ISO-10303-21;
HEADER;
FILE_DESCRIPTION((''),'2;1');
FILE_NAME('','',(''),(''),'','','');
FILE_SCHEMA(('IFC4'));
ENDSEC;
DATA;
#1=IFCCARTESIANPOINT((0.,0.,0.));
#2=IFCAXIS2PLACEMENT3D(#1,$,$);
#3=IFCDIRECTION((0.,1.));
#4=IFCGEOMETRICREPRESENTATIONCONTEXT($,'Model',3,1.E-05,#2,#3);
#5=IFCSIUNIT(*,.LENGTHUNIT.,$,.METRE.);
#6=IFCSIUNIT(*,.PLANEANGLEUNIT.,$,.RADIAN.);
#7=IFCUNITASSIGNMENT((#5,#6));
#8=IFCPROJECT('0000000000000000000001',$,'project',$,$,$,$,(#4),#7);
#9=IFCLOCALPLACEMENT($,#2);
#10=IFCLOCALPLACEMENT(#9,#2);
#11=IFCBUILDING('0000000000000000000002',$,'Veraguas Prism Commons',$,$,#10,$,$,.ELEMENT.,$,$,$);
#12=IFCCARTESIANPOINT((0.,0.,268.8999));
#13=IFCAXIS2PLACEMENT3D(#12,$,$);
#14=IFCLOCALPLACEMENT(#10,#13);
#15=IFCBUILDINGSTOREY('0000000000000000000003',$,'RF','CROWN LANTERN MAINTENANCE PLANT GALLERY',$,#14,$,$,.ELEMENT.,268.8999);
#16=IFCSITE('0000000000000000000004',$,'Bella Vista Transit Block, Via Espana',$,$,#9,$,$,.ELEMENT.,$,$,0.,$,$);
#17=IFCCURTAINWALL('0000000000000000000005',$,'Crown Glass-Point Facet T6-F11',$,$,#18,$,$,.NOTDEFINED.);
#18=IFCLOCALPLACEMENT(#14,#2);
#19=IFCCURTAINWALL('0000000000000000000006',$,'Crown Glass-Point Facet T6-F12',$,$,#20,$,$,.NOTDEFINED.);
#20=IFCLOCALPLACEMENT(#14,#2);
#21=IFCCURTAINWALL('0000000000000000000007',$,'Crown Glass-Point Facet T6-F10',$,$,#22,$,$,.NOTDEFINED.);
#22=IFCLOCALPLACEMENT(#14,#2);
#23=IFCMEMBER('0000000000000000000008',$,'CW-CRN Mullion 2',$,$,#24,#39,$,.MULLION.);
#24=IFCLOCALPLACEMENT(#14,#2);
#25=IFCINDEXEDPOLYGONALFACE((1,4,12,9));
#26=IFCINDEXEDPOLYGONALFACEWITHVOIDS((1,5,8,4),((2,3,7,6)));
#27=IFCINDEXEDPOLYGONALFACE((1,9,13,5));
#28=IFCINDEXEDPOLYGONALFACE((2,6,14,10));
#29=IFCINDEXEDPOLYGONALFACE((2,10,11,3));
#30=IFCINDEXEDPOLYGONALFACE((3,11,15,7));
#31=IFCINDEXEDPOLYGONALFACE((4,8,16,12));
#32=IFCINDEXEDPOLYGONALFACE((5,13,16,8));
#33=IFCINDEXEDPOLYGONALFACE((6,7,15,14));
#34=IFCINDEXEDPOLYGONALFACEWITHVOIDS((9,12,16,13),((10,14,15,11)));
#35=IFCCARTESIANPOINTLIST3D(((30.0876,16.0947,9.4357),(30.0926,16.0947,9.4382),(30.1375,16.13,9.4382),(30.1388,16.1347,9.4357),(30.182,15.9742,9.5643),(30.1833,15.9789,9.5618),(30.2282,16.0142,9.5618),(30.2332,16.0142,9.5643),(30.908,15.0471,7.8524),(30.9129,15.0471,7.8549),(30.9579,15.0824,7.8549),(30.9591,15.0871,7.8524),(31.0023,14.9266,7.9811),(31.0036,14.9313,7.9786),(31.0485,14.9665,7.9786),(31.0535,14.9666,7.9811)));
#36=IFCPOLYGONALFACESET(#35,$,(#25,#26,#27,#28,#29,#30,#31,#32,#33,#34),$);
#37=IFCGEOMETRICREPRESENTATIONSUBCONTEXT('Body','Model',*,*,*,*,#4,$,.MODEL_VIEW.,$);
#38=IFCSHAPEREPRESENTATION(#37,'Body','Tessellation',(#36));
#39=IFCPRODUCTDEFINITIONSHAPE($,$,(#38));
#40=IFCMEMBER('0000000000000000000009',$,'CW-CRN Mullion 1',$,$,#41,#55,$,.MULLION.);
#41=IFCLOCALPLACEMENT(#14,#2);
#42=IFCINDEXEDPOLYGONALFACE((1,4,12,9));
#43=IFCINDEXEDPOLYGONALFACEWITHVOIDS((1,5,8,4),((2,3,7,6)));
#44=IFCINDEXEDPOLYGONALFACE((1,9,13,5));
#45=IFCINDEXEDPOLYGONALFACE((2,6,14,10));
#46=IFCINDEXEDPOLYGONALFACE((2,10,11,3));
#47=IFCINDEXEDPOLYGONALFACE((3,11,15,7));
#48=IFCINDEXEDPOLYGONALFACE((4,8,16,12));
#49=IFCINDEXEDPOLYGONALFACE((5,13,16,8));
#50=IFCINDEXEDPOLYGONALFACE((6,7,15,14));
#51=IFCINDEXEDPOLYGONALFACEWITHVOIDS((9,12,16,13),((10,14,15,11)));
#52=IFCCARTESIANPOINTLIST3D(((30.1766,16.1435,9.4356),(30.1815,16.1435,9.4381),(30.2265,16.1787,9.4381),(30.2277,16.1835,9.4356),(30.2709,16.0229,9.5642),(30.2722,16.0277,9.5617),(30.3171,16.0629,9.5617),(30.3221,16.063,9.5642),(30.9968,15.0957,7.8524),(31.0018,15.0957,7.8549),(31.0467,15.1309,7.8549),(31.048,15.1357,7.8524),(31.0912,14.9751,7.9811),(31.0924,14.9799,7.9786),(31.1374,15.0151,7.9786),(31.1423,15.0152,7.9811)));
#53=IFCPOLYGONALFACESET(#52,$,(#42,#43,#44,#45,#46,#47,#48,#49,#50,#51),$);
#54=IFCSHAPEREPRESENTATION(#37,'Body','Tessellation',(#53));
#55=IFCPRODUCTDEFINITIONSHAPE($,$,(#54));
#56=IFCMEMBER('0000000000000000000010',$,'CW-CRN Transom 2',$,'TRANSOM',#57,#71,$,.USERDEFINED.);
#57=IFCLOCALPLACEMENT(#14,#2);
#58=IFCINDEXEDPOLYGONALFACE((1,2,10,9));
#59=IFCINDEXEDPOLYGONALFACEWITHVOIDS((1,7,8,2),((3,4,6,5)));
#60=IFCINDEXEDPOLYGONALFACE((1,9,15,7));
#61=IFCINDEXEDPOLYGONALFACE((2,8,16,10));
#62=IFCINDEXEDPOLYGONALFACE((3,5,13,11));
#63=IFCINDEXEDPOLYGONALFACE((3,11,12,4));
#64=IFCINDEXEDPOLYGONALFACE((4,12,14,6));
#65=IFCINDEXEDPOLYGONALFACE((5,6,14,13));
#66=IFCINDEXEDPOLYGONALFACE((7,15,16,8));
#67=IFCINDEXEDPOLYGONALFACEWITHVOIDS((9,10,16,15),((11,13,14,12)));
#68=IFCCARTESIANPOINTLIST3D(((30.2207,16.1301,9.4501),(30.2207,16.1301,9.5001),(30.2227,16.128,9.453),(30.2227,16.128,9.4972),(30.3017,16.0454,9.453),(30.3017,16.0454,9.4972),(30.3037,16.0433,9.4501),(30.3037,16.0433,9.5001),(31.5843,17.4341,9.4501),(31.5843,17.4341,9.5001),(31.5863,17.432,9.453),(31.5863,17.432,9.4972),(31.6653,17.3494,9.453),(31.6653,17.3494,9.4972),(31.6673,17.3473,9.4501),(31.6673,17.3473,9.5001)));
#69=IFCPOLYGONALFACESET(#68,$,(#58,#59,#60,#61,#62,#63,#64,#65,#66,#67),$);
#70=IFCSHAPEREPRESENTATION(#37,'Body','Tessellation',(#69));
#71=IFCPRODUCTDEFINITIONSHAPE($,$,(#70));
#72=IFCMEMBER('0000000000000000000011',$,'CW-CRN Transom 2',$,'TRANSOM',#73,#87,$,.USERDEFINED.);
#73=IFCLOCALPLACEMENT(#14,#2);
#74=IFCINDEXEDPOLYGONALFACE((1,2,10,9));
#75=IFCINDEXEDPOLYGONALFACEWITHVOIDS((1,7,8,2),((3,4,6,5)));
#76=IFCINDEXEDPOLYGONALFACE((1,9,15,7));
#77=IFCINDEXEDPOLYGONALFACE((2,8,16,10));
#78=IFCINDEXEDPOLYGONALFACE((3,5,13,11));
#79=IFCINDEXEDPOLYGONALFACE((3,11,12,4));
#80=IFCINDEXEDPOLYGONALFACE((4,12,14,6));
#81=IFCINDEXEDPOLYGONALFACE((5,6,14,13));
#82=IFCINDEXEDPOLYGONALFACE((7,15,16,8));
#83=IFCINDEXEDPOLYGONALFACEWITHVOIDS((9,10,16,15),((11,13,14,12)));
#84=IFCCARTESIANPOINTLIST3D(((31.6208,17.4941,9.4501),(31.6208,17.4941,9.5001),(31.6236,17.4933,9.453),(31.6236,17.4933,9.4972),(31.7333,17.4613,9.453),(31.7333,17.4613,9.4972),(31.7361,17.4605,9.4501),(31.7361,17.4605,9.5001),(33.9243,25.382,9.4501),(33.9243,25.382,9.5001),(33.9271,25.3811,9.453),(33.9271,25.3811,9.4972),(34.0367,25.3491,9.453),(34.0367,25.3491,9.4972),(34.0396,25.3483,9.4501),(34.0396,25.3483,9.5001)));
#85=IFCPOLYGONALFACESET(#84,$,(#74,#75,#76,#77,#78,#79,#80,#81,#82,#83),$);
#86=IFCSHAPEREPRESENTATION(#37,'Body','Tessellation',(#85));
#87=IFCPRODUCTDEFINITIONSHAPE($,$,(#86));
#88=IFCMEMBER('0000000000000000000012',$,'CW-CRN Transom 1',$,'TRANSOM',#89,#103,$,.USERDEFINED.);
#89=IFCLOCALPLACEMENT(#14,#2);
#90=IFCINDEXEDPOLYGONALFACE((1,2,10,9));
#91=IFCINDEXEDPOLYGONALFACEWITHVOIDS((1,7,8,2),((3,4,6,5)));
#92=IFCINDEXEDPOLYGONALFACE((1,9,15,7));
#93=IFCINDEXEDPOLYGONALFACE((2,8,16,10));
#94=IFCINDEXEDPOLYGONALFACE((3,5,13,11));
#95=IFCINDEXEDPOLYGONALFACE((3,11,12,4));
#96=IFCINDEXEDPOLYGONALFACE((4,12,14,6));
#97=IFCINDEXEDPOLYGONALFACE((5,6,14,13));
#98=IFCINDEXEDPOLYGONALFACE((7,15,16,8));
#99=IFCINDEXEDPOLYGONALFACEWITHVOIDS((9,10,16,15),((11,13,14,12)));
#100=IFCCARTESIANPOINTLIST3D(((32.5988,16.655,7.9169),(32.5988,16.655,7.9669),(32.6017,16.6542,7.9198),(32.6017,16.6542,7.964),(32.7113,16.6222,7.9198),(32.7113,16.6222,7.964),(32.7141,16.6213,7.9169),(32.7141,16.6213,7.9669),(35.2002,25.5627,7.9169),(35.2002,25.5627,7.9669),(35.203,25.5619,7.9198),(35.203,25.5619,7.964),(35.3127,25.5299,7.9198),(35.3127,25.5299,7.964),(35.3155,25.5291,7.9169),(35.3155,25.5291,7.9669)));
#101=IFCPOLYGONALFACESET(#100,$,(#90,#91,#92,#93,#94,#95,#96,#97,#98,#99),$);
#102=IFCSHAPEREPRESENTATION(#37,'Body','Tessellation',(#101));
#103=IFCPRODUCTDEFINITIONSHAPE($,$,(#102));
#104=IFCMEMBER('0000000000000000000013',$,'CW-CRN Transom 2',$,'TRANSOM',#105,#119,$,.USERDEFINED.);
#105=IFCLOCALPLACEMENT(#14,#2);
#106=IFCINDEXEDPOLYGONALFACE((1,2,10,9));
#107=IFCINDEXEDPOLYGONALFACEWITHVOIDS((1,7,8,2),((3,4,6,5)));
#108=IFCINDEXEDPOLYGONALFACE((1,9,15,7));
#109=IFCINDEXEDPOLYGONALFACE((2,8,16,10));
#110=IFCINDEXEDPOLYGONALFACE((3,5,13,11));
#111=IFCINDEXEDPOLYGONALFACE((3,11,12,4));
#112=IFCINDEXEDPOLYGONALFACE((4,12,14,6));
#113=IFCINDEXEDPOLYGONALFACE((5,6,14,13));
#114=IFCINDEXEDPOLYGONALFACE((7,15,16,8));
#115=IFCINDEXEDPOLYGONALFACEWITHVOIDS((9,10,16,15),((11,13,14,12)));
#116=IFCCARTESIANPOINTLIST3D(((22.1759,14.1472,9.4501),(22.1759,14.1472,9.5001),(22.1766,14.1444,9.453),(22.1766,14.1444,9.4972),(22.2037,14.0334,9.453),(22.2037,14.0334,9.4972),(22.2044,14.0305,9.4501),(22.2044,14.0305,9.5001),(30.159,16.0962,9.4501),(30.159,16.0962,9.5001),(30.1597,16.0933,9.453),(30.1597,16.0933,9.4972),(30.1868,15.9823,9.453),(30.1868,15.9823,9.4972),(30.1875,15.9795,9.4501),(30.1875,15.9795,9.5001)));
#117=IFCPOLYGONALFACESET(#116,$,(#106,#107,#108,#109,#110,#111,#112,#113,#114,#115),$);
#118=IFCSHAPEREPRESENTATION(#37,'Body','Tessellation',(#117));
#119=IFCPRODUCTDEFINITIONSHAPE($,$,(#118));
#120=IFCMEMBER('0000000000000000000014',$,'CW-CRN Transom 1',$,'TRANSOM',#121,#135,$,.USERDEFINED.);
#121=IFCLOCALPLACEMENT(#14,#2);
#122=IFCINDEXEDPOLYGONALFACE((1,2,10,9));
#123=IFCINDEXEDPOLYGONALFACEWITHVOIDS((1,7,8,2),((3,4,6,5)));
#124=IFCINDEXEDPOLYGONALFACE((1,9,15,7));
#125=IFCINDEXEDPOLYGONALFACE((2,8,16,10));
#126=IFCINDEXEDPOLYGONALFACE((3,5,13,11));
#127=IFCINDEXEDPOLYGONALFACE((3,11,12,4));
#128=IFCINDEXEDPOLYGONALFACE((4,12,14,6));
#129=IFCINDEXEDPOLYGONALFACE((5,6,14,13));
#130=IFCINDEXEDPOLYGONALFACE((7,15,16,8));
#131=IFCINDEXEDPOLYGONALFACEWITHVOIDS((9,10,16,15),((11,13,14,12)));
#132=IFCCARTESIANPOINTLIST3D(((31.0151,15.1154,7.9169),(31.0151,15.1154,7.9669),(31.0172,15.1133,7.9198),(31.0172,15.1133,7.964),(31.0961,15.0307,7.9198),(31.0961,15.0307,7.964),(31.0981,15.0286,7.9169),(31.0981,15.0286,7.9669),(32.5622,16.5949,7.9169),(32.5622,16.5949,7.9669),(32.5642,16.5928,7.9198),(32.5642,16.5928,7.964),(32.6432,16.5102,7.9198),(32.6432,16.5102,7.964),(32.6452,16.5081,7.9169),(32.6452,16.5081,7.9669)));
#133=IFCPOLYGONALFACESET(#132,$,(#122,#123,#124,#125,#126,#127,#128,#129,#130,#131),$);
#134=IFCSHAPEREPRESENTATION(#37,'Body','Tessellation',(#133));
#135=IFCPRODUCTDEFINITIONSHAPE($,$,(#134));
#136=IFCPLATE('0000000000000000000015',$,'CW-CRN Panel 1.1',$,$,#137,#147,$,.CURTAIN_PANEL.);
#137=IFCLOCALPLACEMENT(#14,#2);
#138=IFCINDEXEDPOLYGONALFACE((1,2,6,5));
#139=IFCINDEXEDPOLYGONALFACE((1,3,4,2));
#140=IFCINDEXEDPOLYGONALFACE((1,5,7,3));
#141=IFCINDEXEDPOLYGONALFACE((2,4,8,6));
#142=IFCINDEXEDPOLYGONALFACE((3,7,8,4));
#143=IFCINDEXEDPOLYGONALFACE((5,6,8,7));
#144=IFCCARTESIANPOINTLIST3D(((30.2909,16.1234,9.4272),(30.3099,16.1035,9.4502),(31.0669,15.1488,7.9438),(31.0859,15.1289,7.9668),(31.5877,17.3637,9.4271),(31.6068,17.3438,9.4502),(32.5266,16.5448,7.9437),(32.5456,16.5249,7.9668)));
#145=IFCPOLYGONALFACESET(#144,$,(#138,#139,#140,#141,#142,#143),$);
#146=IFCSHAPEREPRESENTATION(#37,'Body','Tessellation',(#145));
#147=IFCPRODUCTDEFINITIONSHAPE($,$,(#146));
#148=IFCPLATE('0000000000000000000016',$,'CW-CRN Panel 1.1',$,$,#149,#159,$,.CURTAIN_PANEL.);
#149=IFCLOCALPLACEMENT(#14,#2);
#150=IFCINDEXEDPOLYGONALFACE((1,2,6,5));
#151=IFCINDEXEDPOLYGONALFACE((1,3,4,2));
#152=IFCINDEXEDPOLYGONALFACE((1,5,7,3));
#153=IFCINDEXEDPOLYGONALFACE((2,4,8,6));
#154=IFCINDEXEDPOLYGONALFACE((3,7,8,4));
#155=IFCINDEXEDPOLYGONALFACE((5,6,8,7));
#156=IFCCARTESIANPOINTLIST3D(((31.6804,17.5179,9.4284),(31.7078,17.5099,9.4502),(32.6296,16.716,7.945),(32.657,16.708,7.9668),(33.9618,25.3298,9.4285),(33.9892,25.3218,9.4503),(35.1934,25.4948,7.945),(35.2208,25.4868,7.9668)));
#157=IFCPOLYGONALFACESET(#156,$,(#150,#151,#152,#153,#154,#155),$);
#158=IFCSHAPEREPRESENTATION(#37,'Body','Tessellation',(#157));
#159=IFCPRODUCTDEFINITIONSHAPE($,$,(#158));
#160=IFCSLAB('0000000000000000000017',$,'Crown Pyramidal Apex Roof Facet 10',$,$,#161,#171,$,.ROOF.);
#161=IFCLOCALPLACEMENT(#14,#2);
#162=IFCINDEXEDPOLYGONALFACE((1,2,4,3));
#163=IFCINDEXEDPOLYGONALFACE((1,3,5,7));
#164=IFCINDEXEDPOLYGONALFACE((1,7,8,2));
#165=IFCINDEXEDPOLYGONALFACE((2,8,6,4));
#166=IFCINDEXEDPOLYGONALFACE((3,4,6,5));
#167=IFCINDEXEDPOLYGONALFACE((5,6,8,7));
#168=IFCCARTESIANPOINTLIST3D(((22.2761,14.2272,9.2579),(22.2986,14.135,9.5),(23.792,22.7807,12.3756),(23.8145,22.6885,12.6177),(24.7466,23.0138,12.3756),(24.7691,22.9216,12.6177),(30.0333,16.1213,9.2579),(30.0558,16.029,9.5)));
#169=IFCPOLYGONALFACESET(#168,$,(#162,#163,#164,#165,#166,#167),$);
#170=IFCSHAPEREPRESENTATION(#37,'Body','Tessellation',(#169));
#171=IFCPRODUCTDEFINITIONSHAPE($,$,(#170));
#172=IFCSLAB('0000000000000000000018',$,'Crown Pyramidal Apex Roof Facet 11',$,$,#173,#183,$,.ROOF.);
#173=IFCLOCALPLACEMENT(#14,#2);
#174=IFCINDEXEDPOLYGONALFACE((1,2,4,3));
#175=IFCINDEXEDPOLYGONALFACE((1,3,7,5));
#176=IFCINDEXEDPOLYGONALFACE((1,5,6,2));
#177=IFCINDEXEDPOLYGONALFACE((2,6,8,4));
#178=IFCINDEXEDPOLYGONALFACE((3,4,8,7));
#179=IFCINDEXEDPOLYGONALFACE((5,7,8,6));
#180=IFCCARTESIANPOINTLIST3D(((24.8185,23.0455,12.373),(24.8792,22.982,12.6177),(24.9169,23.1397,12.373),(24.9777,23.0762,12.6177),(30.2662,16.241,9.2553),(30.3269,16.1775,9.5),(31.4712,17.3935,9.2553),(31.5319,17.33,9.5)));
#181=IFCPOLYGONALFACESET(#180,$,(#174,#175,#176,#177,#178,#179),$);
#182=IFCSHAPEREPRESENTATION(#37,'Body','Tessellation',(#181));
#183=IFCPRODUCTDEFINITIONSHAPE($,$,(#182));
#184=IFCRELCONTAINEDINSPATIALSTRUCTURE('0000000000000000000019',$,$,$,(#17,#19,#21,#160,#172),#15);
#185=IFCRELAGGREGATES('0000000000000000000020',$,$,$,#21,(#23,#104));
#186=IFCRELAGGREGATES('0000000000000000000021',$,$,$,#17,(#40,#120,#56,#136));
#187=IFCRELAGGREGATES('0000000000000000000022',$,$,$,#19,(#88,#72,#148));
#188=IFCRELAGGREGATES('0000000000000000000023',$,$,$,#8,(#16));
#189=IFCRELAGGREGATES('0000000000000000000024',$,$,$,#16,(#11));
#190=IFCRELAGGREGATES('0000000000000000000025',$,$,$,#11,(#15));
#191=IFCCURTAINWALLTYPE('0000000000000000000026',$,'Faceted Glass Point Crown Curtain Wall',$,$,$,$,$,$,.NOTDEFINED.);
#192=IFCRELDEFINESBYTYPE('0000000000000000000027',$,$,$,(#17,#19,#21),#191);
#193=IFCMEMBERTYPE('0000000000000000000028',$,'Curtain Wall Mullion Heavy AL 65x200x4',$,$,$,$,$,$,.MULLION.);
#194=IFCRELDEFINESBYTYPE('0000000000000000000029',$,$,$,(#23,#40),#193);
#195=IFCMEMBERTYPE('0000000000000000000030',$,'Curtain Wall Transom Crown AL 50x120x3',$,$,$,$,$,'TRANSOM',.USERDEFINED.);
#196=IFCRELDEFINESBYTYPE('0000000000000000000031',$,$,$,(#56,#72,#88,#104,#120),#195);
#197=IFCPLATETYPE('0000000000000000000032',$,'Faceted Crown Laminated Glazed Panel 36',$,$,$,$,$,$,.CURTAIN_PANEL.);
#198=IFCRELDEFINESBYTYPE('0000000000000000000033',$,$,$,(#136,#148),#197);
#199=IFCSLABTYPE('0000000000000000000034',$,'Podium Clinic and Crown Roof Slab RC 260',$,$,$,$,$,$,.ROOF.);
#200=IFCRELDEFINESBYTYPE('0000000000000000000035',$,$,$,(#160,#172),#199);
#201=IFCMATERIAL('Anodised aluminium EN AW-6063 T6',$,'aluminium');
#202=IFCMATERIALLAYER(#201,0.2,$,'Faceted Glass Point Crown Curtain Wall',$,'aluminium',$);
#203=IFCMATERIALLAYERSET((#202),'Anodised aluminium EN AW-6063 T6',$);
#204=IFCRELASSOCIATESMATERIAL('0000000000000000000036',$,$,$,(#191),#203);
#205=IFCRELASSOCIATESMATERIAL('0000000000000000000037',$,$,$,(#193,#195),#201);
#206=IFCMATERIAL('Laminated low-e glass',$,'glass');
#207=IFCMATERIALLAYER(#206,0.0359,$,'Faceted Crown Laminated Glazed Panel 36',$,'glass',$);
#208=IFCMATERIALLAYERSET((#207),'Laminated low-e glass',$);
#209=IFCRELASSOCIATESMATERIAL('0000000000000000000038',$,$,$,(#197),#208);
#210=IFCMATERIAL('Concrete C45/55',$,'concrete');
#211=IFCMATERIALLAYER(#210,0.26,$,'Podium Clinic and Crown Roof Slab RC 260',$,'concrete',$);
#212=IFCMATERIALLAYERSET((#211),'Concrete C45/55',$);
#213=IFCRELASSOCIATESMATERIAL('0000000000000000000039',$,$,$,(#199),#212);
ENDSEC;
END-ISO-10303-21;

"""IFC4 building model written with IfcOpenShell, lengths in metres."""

from ifc_helpers import new_model, si_unit, direction, frame, origin, origin_2d, place, context, subcontext, project, spatial, polyline, hollow_rectangle, outline, extrude, source, transform, mapped, material, layer, layer_set, material_profile, profile_set, type_object, element, aggregate, save


model = new_model("IFC4")

# Units and contexts
model_context = context("Model", 3, precision=1e-05, world=origin(), true_north=direction((0.0, 1.0)))
body_context = subcontext(model_context, "Body", "Model", "MODEL_VIEW")
ifc_project = project(units=[si_unit("LENGTHUNIT", "METRE"), si_unit("PLANEANGLEUNIT", "RADIAN")], contexts=[model_context])

# Site, building, storey
site_placement = place(None, origin())
site = spatial("IfcSite", under=ifc_project, at=site_placement, Name="Bella Vista Transit Block, Via Espana", CompositionType="ELEMENT", RefElevation=0.0)
building_placement = place(site_placement, origin())
building = spatial("IfcBuilding", under=site, at=building_placement, Name="Veraguas Prism Commons", CompositionType="ELEMENT")
storey_placement = place(building_placement, frame((0.0, 0.0, 268.8999)))
storey = spatial("IfcBuildingStorey", under=building, at=storey_placement, Name="RF", Description="CROWN LANTERN MAINTENANCE PLANT GALLERY", CompositionType="ELEMENT", Elevation=268.8999)

# Curtain walls, member
ifc_material_1 = material(Name="Anodised aluminium EN AW-6063 T6", Category="aluminium")
ifc_layer_1 = layer(ifc_material_1, 0.2, Name="Faceted Glass Point Crown Curtain Wall", Category="aluminium")
ifc_layer_set_1 = layer_set([ifc_layer_1], Name="Anodised aluminium EN AW-6063 T6")
curtain_wall_type = type_object("IfcCurtainWallType", Name="Faceted Glass Point Crown Curtain Wall", PredefinedType="NOTDEFINED", material=ifc_layer_set_1)
curtain_wall_1_placement = place(storey_placement, origin())
curtain_wall_1 = element("IfcCurtainWall", 1, at=curtain_wall_1_placement, inside=storey, type_object=curtain_wall_type, Name="Crown Glass-Point Facet T6-F11", PredefinedType="NOTDEFINED")
ifc_material_profile_1 = material_profile(ifc_material_1, hollow_rectangle(XDim=0.0649, YDim=0.2, WallThickness=0.0039, at=origin_2d()), Name="AL65X200X4")
ifc_profile_set_1 = profile_set([ifc_material_profile_1], Name="Anodised aluminium EN AW-6063 T6")
member_type_1 = type_object("IfcMemberType", Name="Curtain Wall Mullion Heavy AL 65x200x4", PredefinedType="MULLION", material=ifc_profile_set_1)
curtain_wall_2_placement = place(storey_placement, origin())
curtain_wall_2 = element("IfcCurtainWall", 2, at=curtain_wall_2_placement, inside=storey, type_object=curtain_wall_type, Name="Crown Glass-Point Facet T6-F12", PredefinedType="NOTDEFINED")
curtain_wall_3_placement = place(storey_placement, origin())
curtain_wall_3 = element("IfcCurtainWall", 3, at=curtain_wall_3_placement, inside=storey, type_object=curtain_wall_type, Name="Crown Glass-Point Facet T6-F10", PredefinedType="NOTDEFINED")
shared_shape_1 = source(origin(), body_context, "Body", "SweptSolid", [
    extrude(hollow_rectangle(XDim=0.0649, YDim=0.2, WallThickness=0.0039, at=origin_2d()), origin(), (0.0, 0.0, 1.0), 2.0681),
])
member_1_placement = place(storey_placement, frame((30.9807, 15.0068, 7.9167), z_axis=(-0.396648, 0.506553, 0.765555), x_axis=(-0.787342, -0.616516, 0.0)))
member_1 = element("IfcMember", 4, at=member_1_placement, type_object=member_type_1, Name="CW-CRN Mullion 2", PredefinedType="MULLION", context=body_context, shape_type="MappedRepresentation", body=[
    mapped(shared_shape_1, transform((0.0, 0.0, 0.0), scale=1.0)),
])

# Members
member_2_placement = place(storey_placement, frame((31.0696, 15.0554, 7.9167), z_axis=(-0.396625, 0.506641, 0.765509), x_axis=(-0.787412, -0.616427, 0.0)))
member_2 = element("IfcMember", 5, at=member_2_placement, type_object=member_type_1, Name="CW-CRN Mullion 1", PredefinedType="MULLION", context=body_context, shape_type="MappedRepresentation", body=[
    mapped(shared_shape_1, transform((0.0, 0.0, 0.0), scale=1.0)),
])
ifc_material_profile_2 = material_profile(ifc_material_1, hollow_rectangle(XDim=0.05, YDim=0.1201, WallThickness=0.0029, at=origin_2d()), Name="AL50X120X3")
ifc_profile_set_2 = profile_set([ifc_material_profile_2], Name="Anodised aluminium EN AW-6063 T6")
member_type_2 = type_object("IfcMemberType", Name="Curtain Wall Transom Crown AL 50x120x3", ElementType="TRANSOM", PredefinedType="USERDEFINED", material=ifc_profile_set_2)
shared_shape_2 = source(origin(), body_context, "Body", "SweptSolid", [
    extrude(hollow_rectangle(XDim=0.05, YDim=0.1201, WallThickness=0.0029, at=origin_2d()), origin(), (0.0, 0.0, 1.0), 1.8867),
])
member_3_placement = place(storey_placement, frame((30.2622, 16.0867, 9.4751), z_axis=(0.722718, 0.691143, 0.0), x_axis=(0.0, 0.0, 1.0)))
member_3 = element("IfcMember", 6, at=member_3_placement, type_object=member_type_2, Name="CW-CRN Transom 2", ObjectType="TRANSOM", PredefinedType="USERDEFINED", context=body_context, shape_type="MappedRepresentation", body=[
    mapped(shared_shape_2, transform((0.0, 0.0, 0.0), scale=1.0)),
])
shared_shape_3 = source(origin(), body_context, "Body", "SweptSolid", [
    extrude(hollow_rectangle(XDim=0.05, YDim=0.1201, WallThickness=0.0029, at=origin_2d()), origin(), (0.0, 0.0, 1.0), 8.2173),
])
member_4_placement = place(storey_placement, frame((31.6785, 17.4773, 9.4751), z_axis=(0.280316, 0.959908, 0.0), x_axis=(0.0, 0.0, 1.0)))
member_4 = element("IfcMember", 7, at=member_4_placement, type_object=member_type_2, Name="CW-CRN Transom 2", ObjectType="TRANSOM", PredefinedType="USERDEFINED", context=body_context, shape_type="MappedRepresentation", body=[
    mapped(shared_shape_3, transform((0.0, 0.0, 0.0), scale=1.0)),
])
shared_shape_4 = source(origin(), body_context, "Body", "SweptSolid", [
    extrude(hollow_rectangle(XDim=0.05, YDim=0.1201, WallThickness=0.0029, at=origin_2d()), origin(), (0.0, 0.0, 1.0), 9.2798),
])
member_5_placement = place(storey_placement, frame((32.6565, 16.6382, 7.9419), z_axis=(0.280321, 0.959906, 0.0), x_axis=(0.0, 0.0, 1.0)))
member_5 = element("IfcMember", 8, at=member_5_placement, type_object=member_type_2, Name="CW-CRN Transom 1", ObjectType="TRANSOM", PredefinedType="USERDEFINED", context=body_context, shape_type="MappedRepresentation", body=[
    mapped(shared_shape_4, transform((0.0, 0.0, 0.0), scale=1.0)),
])
shared_shape_5 = source(origin(), body_context, "Body", "SweptSolid", [
    extrude(hollow_rectangle(XDim=0.05, YDim=0.1201, WallThickness=0.0029, at=origin_2d()), origin(), (0.0, 0.0, 1.0), 8.2175),
])
member_6_placement = place(storey_placement, frame((22.1902, 14.0889, 9.4751), z_axis=(0.971468, 0.23717, 0.0), x_axis=(0.0, 0.0, 1.0)))
member_6 = element("IfcMember", 9, at=member_6_placement, type_object=member_type_2, Name="CW-CRN Transom 2", ObjectType="TRANSOM", PredefinedType="USERDEFINED", context=body_context, shape_type="MappedRepresentation", body=[
    mapped(shared_shape_5, transform((0.0, 0.0, 0.0), scale=1.0)),
])
aggregate(curtain_wall_3, [member_1, member_6])
shared_shape_6 = source(origin(), body_context, "Body", "SweptSolid", [
    extrude(hollow_rectangle(XDim=0.05, YDim=0.1201, WallThickness=0.0029, at=origin_2d()), origin(), (0.0, 0.0, 1.0), 2.1406),
])
member_7_placement = place(storey_placement, frame((31.0566, 15.072, 7.9419), z_axis=(0.722726, 0.691135, 0.0), x_axis=(0.0, 0.0, 1.0)))
member_7 = element("IfcMember", 10, at=member_7_placement, type_object=member_type_2, Name="CW-CRN Transom 1", ObjectType="TRANSOM", PredefinedType="USERDEFINED", context=body_context, shape_type="MappedRepresentation", body=[
    mapped(shared_shape_6, transform((0.0, 0.0, 0.0), scale=1.0)),
])

# Plates
ifc_material_2 = material(Name="Laminated low-e glass", Category="glass")
ifc_layer_2 = layer(ifc_material_2, 0.0359, Name="Faceted Crown Laminated Glazed Panel 36", Category="glass")
ifc_layer_set_2 = layer_set([ifc_layer_2], Name="Laminated low-e glass")
plate_type_1 = type_object("IfcPlateType", Name="Faceted Crown Laminated Glazed Panel 36", PredefinedType="CURTAIN_PANEL", material=ifc_layer_set_2)
plate_1_placement = place(storey_placement, frame((31.0859, 15.1289, 7.9668), z_axis=(0.530188, -0.554345, 0.641562), x_axis=(0.722689, 0.691173, -0.000019)))
plate_1 = element("IfcPlate", 11, at=plate_1_placement, type_object=plate_type_1, Name="CW-CRN Panel 1.1", PredefinedType="CURTAIN_PANEL", context=body_context, shape_type="SweptSolid", body=[
    extrude(outline(polyline([(0.0, 0.0), (2.0198, 0.0), (1.9072, 1.9338), (0.1128, 1.9338), (0.0, 0.0)])), origin(), (0.0, 0.0, -1.0), 0.0359),
])
aggregate(curtain_wall_1, [member_2, member_7, member_3, plate_1])
plate_2_placement = place(storey_placement, frame((32.657, 16.708, 7.9668), z_axis=(0.762126, -0.222576, 0.607967), x_axis=(0.280332, 0.959903, 0.000005)))
plate_2 = element("IfcPlate", 12, at=plate_2_placement, type_object=plate_type_1, Name="CW-CRN Panel 1.1", PredefinedType="CURTAIN_PANEL", context=body_context, shape_type="SweptSolid", body=[
    extrude(outline(polyline([(0.0, 0.0), (9.1455, 0.0), (8.6418, 1.8684), (0.5037, 1.8684), (0.0, 0.0)])), origin(), (0.0, 0.0, -1.0), 0.0359),
])
aggregate(curtain_wall_2, [member_5, member_4, plate_2])

# Slabs
ifc_material_3 = material(Name="Concrete C45/55", Category="concrete")
ifc_layer_3 = layer(ifc_material_3, 0.26, Name="Podium Clinic and Crown Roof Slab RC 260", Category="concrete")
ifc_layer_set_3 = layer_set([ifc_layer_3], Name="Concrete C45/55")
slab_type = type_object("IfcSlabType", Name="Podium Clinic and Crown Roof Slab RC 260", PredefinedType="ROOF", material=ifc_layer_set_3)
slab_1_placement = place(storey_placement, frame((22.2986, 14.135, 9.5), z_axis=(0.086602, -0.354676, 0.93097), x_axis=(0.971462, 0.237195, -0.000003)))
element("IfcSlab", 13, at=slab_1_placement, inside=storey, type_object=slab_type, Name="Crown Pyramidal Apex Roof Facet 10", PredefinedType="ROOF", context=body_context, shape_type="SweptSolid", body=[
    extrude(outline(polyline([(0.0, 0.0), (7.9851, 0.0), (4.4841, 8.5393), (3.5015, 8.5393), (0.0, 0.0)])), origin(), (0.0, 0.0, -1.0), 0.26),
])
slab_2_placement = place(storey_placement, frame((30.3269, 16.1775, 9.5), z_axis=(0.233572, -0.244228, 0.941168), x_axis=(0.722674, 0.691189, 0.000013)))
element("IfcSlab", 14, at=slab_2_placement, inside=storey, type_object=slab_type, Name="Crown Pyramidal Apex Roof Facet 11", PredefinedType="ROOF", context=body_context, shape_type="SweptSolid", body=[
    extrude(outline(polyline([(0.0, 0.0), (1.6675, 0.0), (0.9026, 9.2256), (0.7664, 9.2256), (0.0, 0.0)])), origin(), (0.0, 0.0, -1.0), 0.26),
])

save(model, "model.ifc")
